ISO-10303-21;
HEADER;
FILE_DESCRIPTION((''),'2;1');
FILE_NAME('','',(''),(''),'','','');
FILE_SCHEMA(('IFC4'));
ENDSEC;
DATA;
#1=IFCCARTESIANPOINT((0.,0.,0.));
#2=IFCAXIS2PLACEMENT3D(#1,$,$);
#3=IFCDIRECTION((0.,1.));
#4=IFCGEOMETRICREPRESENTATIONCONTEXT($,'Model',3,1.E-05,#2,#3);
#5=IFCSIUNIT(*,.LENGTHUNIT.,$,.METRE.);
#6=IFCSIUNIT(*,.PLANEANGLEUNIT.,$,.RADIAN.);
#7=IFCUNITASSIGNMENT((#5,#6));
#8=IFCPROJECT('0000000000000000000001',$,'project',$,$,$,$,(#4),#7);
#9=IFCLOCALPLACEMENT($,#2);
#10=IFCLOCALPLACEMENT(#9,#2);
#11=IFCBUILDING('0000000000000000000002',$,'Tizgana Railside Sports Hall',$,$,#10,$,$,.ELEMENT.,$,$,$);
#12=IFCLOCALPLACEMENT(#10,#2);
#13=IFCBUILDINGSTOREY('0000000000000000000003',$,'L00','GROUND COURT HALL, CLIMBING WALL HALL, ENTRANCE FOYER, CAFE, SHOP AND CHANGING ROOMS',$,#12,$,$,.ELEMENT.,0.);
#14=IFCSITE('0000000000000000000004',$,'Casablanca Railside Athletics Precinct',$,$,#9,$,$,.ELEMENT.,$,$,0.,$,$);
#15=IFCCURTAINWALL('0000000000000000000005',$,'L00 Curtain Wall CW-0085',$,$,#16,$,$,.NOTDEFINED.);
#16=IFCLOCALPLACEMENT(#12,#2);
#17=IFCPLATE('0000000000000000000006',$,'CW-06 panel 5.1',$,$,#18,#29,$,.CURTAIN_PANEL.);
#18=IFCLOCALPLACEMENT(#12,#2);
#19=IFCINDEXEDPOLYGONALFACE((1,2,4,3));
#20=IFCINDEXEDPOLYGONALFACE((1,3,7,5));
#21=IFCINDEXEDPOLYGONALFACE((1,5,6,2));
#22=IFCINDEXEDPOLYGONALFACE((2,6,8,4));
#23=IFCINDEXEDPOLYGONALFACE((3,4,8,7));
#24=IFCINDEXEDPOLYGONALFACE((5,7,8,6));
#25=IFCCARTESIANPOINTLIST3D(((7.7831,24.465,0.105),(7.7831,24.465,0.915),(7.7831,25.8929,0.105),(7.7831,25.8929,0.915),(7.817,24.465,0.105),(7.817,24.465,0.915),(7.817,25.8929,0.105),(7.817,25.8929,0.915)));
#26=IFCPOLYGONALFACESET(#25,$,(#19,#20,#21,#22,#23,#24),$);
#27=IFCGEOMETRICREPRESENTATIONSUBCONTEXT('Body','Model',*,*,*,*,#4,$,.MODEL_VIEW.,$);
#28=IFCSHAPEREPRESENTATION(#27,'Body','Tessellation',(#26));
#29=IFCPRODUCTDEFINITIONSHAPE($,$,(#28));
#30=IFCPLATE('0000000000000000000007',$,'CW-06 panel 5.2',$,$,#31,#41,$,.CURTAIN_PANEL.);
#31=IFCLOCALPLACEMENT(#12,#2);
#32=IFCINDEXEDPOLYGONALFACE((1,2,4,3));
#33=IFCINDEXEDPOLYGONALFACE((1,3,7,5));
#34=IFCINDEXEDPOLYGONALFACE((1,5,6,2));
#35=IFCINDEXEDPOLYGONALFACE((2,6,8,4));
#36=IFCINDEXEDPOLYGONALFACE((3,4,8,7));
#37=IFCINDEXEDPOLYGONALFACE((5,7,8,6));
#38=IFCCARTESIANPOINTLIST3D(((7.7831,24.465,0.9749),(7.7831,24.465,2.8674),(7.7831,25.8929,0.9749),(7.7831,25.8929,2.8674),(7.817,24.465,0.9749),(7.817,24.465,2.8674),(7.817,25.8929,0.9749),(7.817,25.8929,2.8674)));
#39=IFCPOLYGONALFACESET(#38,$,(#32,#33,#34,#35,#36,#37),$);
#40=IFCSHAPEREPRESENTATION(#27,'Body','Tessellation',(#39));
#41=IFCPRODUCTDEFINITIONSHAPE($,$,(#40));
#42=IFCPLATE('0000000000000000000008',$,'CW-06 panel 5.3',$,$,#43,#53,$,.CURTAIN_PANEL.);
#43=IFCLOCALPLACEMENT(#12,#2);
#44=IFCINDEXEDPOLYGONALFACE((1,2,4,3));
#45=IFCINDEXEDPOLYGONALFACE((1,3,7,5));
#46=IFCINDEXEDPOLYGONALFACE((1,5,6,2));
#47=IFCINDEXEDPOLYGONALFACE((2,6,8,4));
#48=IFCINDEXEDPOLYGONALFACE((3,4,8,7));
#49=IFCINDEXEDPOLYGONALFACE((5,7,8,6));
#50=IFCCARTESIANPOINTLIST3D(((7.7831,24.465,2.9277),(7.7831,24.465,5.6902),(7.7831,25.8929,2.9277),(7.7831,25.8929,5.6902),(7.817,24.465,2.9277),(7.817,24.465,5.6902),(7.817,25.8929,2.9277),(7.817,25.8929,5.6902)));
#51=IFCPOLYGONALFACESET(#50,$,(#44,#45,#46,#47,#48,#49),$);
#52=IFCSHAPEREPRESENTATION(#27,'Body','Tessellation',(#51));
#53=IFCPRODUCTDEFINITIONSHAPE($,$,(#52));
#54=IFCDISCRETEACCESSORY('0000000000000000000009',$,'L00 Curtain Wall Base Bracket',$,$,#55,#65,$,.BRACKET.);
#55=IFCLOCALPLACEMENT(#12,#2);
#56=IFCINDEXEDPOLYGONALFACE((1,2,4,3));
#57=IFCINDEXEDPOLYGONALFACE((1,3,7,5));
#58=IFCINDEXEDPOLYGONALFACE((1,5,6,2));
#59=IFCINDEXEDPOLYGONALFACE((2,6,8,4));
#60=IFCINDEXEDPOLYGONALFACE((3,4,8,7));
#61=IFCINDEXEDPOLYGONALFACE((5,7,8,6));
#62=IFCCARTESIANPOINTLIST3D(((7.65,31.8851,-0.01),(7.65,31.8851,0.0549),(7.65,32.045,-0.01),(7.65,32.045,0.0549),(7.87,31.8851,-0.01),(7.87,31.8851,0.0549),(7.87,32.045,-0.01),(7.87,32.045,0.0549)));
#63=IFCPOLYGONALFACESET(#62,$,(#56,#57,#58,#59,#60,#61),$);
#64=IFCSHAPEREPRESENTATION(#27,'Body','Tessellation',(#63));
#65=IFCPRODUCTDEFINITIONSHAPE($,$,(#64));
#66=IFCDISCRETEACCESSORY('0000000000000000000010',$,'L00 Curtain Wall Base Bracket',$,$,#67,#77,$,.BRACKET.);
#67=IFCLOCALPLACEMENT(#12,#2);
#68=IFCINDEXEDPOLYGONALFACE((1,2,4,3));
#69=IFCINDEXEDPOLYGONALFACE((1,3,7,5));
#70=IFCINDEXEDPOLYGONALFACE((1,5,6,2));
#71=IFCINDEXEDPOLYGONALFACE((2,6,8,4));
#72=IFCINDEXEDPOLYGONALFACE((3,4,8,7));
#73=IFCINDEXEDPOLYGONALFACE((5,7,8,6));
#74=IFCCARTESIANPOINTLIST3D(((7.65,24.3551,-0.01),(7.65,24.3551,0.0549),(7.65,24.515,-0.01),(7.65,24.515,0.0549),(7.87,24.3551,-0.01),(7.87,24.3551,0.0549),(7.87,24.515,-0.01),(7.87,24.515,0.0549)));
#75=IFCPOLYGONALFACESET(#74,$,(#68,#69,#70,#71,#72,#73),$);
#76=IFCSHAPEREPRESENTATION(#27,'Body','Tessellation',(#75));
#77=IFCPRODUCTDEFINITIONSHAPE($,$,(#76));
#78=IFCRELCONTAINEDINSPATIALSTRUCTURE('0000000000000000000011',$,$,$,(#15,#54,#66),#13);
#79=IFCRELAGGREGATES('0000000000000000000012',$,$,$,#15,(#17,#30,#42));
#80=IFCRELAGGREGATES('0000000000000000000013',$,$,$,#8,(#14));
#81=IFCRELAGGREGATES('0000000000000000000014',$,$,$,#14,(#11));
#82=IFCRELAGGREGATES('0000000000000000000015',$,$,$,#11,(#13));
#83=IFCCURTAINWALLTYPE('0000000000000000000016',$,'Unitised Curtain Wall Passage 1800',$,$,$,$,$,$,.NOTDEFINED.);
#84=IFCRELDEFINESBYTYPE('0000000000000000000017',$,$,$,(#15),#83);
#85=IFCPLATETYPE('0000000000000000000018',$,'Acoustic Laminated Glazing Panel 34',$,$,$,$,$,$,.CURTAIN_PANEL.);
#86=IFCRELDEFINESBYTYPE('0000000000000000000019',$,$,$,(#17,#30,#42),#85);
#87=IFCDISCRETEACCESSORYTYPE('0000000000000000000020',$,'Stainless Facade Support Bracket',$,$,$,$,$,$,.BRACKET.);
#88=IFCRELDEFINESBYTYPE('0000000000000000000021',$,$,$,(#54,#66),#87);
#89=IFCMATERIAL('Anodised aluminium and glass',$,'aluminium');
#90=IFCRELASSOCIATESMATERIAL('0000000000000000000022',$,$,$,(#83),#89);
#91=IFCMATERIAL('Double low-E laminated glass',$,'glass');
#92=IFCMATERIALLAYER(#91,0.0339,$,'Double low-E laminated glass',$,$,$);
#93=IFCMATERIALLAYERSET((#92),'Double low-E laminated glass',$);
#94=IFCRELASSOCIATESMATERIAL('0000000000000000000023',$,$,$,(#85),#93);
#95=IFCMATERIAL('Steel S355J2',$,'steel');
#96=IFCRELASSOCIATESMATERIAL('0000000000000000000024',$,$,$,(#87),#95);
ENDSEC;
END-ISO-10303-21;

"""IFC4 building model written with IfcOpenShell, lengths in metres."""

from ifc_helpers import new_model, si_unit, direction, frame, origin, origin_2d, place, context, subcontext, project, spatial, rectangle, extrude, material, layer, layer_set, type_object, element, aggregate, save


model = new_model("IFC4")

# Units and contexts
model_context = context("Model", 3, precision=1e-05, world=origin(), true_north=direction((0.0, 1.0)))
body_context = subcontext(model_context, "Body", "Model", "MODEL_VIEW")
ifc_project = project(units=[si_unit("LENGTHUNIT", "METRE"), si_unit("PLANEANGLEUNIT", "RADIAN")], contexts=[model_context])

# Site, building, storey
site_placement = place(None, origin())
site = spatial("IfcSite", under=ifc_project, at=site_placement, Name="Casablanca Railside Athletics Precinct", CompositionType="ELEMENT", RefElevation=0.0)
building_placement = place(site_placement, origin())
building = spatial("IfcBuilding", under=site, at=building_placement, Name="Tizgana Railside Sports Hall", CompositionType="ELEMENT")
storey_placement = place(building_placement, origin())
storey = spatial("IfcBuildingStorey", under=building, at=storey_placement, Name="L00", Description="GROUND COURT HALL, CLIMBING WALL HALL, ENTRANCE FOYER, CAFE, SHOP AND CHANGING ROOMS", CompositionType="ELEMENT", Elevation=0.0)

# Shared definitions
ifc_material_1 = material(Name="Anodised aluminium and glass", Category="aluminium")

# Curtain wall
curtain_wall_type_1 = type_object("IfcCurtainWallType", Name="Unitised Curtain Wall Passage 1800", PredefinedType="NOTDEFINED", material=ifc_material_1)
curtain_wall_1_placement = place(storey_placement, origin())
curtain_wall_1 = element("IfcCurtainWall", 1, at=curtain_wall_1_placement, inside=storey, type_object=curtain_wall_type_1, Name="L00 Curtain Wall CW-0085", PredefinedType="NOTDEFINED")

# Shared definitions
ifc_material_2 = material(Name="Steel S355J2", Category="steel")

# Plates
ifc_material_3 = material(Name="Double low-E laminated glass", Category="glass")
ifc_layer = layer(ifc_material_3, 0.0339, Name="Double low-E laminated glass")
ifc_layer_set = layer_set([ifc_layer], Name="Double low-E laminated glass")
plate_type = type_object("IfcPlateType", Name="Acoustic Laminated Glazing Panel 34", PredefinedType="CURTAIN_PANEL", material=ifc_layer_set)
plate_1_placement = place(storey_placement, frame((7.8, 25.179, 0.105), z_axis=(0.0, 0.0, 1.0), x_axis=(0.0, -1.0, 0.0)))
plate_1 = element("IfcPlate", 2, at=plate_1_placement, type_object=plate_type, Name="CW-06 panel 5.1", PredefinedType="CURTAIN_PANEL", context=body_context, shape_type="SweptSolid", body=[
    extrude(rectangle(XDim=1.428, YDim=0.0339, at=origin_2d()), origin(), (0.0, 0.0, 1.0), 0.8101),
])
plate_2_placement = place(storey_placement, frame((7.8, 25.179, 0.9749), z_axis=(0.0, 0.0, 1.0), x_axis=(0.0, -1.0, 0.0)))
plate_2 = element("IfcPlate", 3, at=plate_2_placement, type_object=plate_type, Name="CW-06 panel 5.2", PredefinedType="CURTAIN_PANEL", context=body_context, shape_type="SweptSolid", body=[
    extrude(rectangle(XDim=1.428, YDim=0.0339, at=origin_2d()), origin(), (0.0, 0.0, 1.0), 1.8926),
])
plate_3_placement = place(storey_placement, frame((7.8, 25.179, 2.9277), z_axis=(0.0, 0.0, 1.0), x_axis=(0.0, -1.0, 0.0)))
plate_3 = element("IfcPlate", 4, at=plate_3_placement, type_object=plate_type, Name="CW-06 panel 5.3", PredefinedType="CURTAIN_PANEL", context=body_context, shape_type="SweptSolid", body=[
    extrude(rectangle(XDim=1.428, YDim=0.0339, at=origin_2d()), origin(), (0.0, 0.0, 1.0), 2.7625),
])
aggregate(curtain_wall_1, [plate_1, plate_2, plate_3])

# Discrete accessories
discrete_accessory_type = type_object("IfcDiscreteAccessoryType", Name="Stainless Facade Support Bracket", PredefinedType="BRACKET", material=ifc_material_2)
for number, where, z_axis, x_axis, name in (
    (5, (7.76, 31.9651, -0.01), (0.0, 0.0, 1.0), (0.0, -1.0, 0.0), "L00 Curtain Wall Base Bracket"),
    (6, (7.76, 24.4351, -0.01), (0.0, 0.0, 1.0), (0.0, -1.0, 0.0), "L00 Curtain Wall Base Bracket"),
):
    element("IfcDiscreteAccessory", number, at=place(storey_placement, frame(where, z_axis=z_axis, x_axis=x_axis)), inside=storey, type_object=discrete_accessory_type, Name=name, PredefinedType="BRACKET", context=body_context, shape_type="SweptSolid", body=[
        extrude(rectangle(XDim=0.1599, YDim=0.22, at=origin_2d()), origin(), (0.0, 0.0, 1.0), 0.0649),
    ])

save(model, "model.ifc")
